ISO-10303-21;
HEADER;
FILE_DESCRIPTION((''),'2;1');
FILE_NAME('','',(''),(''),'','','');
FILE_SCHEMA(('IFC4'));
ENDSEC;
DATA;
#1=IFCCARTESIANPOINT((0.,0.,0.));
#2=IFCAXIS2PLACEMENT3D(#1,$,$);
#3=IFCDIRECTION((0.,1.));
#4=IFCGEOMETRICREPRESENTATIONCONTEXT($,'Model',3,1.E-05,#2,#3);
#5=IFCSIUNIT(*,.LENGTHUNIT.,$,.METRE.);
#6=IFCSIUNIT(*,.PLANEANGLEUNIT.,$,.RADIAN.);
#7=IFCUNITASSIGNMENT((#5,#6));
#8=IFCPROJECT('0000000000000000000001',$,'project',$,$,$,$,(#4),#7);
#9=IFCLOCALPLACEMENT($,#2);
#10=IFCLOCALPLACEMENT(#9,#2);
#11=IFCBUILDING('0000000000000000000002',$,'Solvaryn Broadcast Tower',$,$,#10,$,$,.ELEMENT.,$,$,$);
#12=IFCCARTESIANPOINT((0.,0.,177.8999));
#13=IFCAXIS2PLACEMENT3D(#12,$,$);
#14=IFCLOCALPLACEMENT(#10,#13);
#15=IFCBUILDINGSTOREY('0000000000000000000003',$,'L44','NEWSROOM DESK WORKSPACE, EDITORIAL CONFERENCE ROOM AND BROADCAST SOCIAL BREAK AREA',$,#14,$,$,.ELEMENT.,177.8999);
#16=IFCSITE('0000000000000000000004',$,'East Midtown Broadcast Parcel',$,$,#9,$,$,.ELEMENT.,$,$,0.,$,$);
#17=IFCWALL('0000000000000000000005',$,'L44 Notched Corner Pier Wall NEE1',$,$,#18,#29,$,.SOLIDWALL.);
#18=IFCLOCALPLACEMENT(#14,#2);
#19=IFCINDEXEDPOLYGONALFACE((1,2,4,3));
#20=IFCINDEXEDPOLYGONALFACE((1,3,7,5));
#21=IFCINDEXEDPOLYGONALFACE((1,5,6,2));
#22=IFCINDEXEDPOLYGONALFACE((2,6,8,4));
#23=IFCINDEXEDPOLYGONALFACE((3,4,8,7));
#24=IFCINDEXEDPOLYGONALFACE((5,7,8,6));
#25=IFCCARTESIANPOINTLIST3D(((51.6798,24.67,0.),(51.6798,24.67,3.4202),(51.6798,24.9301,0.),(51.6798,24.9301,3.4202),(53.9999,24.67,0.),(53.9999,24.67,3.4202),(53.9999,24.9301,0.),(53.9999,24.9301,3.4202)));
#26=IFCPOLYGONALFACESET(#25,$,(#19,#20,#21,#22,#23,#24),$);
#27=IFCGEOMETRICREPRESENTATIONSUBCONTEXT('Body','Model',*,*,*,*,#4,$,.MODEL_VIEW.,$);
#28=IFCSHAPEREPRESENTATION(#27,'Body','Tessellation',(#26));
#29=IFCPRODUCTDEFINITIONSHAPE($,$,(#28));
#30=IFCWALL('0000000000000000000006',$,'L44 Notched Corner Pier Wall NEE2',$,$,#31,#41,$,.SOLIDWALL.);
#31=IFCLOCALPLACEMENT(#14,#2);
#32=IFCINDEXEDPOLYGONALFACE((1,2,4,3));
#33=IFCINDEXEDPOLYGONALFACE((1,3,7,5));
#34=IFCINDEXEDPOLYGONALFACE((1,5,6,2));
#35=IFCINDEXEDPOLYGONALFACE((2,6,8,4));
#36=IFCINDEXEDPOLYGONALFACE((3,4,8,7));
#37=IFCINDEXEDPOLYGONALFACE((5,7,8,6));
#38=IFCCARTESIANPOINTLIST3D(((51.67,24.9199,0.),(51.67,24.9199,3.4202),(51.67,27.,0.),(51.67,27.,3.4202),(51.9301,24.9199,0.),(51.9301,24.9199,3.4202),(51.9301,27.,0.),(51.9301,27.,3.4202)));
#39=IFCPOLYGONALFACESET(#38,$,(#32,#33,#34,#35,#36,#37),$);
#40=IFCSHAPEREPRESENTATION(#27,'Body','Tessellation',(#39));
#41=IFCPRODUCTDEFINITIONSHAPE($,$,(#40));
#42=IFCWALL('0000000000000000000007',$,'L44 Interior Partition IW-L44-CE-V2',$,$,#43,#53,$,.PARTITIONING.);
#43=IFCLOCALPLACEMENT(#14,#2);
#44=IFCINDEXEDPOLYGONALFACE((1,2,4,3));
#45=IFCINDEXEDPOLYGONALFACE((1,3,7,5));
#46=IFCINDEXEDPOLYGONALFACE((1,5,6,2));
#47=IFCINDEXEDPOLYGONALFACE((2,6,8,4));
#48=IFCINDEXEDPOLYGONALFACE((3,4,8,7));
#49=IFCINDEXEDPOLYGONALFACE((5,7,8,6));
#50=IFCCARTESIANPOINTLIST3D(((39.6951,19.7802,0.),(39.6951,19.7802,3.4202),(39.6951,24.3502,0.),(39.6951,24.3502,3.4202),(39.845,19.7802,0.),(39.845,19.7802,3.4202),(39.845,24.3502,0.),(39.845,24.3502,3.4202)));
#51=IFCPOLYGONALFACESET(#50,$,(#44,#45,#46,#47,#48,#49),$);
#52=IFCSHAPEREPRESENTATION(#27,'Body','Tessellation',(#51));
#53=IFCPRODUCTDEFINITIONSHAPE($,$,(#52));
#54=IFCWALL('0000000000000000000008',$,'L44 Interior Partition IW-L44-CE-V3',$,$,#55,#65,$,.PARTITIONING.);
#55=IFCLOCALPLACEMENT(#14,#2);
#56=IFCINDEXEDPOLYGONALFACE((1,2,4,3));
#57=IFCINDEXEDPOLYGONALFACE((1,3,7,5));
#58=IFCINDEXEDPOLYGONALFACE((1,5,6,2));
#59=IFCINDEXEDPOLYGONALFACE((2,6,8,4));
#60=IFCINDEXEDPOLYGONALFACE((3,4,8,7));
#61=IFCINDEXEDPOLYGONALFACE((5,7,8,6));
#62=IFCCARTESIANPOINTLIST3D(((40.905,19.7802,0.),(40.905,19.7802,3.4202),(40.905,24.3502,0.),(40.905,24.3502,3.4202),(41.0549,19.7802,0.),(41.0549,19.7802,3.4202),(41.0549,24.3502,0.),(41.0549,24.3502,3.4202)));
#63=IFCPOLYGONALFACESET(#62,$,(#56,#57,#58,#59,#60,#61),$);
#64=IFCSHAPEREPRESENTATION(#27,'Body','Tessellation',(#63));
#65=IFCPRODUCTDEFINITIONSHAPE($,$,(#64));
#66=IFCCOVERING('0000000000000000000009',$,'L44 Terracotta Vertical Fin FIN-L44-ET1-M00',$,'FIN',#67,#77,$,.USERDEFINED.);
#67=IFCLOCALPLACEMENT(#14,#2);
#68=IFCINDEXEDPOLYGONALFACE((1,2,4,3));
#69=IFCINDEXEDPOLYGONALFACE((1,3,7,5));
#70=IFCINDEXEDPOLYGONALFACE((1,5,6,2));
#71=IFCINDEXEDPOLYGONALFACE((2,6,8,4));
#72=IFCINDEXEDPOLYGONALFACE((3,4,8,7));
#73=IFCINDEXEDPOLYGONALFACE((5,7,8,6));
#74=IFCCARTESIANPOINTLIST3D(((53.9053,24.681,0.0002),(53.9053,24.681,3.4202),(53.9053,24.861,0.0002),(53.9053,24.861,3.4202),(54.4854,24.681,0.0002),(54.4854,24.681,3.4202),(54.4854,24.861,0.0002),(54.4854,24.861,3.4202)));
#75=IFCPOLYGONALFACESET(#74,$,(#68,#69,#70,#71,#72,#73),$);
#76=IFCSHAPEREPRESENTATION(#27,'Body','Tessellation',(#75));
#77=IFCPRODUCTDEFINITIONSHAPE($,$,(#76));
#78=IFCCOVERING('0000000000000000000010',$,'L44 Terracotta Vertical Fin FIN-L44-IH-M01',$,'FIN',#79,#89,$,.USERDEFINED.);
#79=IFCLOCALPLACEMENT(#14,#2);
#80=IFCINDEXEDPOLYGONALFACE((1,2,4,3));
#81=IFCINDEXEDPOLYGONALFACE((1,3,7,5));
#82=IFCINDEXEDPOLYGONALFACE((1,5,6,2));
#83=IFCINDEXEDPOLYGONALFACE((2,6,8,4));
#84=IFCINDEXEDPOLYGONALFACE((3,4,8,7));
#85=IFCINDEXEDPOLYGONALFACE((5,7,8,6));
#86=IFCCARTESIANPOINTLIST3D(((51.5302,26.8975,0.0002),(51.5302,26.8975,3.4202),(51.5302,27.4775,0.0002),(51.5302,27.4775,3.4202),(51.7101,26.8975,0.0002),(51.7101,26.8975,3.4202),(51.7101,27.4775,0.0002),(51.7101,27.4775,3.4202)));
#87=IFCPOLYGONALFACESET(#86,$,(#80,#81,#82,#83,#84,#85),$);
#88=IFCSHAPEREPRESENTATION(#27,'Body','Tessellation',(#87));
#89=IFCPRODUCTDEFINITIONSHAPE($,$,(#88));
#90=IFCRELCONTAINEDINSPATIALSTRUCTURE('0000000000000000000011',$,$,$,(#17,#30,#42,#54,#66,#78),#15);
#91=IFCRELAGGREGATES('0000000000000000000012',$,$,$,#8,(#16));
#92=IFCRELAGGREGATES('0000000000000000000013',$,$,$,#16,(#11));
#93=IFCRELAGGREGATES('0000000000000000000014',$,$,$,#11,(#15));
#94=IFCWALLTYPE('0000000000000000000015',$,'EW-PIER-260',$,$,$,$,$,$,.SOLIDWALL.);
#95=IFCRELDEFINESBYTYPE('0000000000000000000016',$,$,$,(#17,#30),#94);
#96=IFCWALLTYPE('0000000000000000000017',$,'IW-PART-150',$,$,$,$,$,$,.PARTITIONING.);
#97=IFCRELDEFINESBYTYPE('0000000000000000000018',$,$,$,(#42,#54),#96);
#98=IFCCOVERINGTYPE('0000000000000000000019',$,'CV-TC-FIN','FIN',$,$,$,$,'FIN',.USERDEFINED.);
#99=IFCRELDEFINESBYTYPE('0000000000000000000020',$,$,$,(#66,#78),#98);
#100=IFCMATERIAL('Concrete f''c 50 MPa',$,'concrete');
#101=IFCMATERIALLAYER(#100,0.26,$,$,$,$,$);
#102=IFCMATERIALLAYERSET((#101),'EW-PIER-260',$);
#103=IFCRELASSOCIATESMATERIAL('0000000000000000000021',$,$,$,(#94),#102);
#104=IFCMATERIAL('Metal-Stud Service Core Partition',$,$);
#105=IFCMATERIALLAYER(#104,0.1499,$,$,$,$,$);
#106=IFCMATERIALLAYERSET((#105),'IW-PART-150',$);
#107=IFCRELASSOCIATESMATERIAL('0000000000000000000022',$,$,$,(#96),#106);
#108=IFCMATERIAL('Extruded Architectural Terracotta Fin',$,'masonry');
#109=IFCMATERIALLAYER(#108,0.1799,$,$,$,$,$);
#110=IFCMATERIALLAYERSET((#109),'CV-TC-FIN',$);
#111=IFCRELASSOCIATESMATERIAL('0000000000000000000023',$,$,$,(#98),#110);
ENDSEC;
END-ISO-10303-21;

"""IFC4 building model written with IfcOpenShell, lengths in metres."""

from ifc_helpers import new_model, si_unit, direction, frame, frame_2d, origin, origin_2d, place, context, subcontext, project, spatial, rectangle, extrude, material, layer, layer_set, type_object, element, save


model = new_model("IFC4")

# Units and contexts
model_context = context("Model", 3, precision=1e-05, world=origin(), true_north=direction((0.0, 1.0)))
body_context = subcontext(model_context, "Body", "Model", "MODEL_VIEW")
ifc_project = project(units=[si_unit("LENGTHUNIT", "METRE"), si_unit("PLANEANGLEUNIT", "RADIAN")], contexts=[model_context])

# Site, building, storey
site_placement = place(None, origin())
site = spatial("IfcSite", under=ifc_project, at=site_placement, Name="East Midtown Broadcast Parcel", CompositionType="ELEMENT", RefElevation=0.0)
building_placement = place(site_placement, origin())
building = spatial("IfcBuilding", under=site, at=building_placement, Name="Solvaryn Broadcast Tower", CompositionType="ELEMENT")
storey_placement = place(building_placement, frame((0.0, 0.0, 177.8999)))
storey = spatial("IfcBuildingStorey", under=building, at=storey_placement, Name="L44", Description="NEWSROOM DESK WORKSPACE, EDITORIAL CONFERENCE ROOM AND BROADCAST SOCIAL BREAK AREA", CompositionType="ELEMENT", Elevation=177.8999)

# Walls
ifc_material_1 = material(Name="Concrete f'c 50 MPa", Category="concrete")
ifc_layer_1 = layer(ifc_material_1, 0.26)
ifc_layer_set_1 = layer_set([ifc_layer_1], Name="EW-PIER-260")
wall_type_1 = type_object("IfcWallType", Name="EW-PIER-260", PredefinedType="SOLIDWALL", material=ifc_layer_set_1)
wall_1_placement = place(storey_placement, frame((54.0, 24.8, 0.0), z_axis=(0.0, 0.0, 1.0), x_axis=(-1.0, 0.0, 0.0)))
element("IfcWall", 1, at=wall_1_placement, inside=storey, type_object=wall_type_1, Name="L44 Notched Corner Pier Wall NEE1", PredefinedType="SOLIDWALL", context=body_context, shape_type="SweptSolid", body=[
    extrude(rectangle(XDim=2.3201, YDim=0.26, at=frame_2d((1.1602, 0.0))), origin(), (0.0, 0.0, 1.0), 3.4202),
])
wall_2_placement = place(storey_placement, frame((51.8, 24.9199, 0.0), z_axis=(0.0, 0.0, 1.0), x_axis=(0.0, 1.0, 0.0)))
element("IfcWall", 2, at=wall_2_placement, inside=storey, type_object=wall_type_1, Name="L44 Notched Corner Pier Wall NEE2", PredefinedType="SOLIDWALL", context=body_context, shape_type="SweptSolid", body=[
    extrude(rectangle(XDim=2.0801, YDim=0.26, at=frame_2d((1.04, 0.0))), origin(), (0.0, 0.0, 1.0), 3.4202),
])
ifc_material_2 = material(Name="Metal-Stud Service Core Partition")
ifc_layer_2 = layer(ifc_material_2, 0.1499)
ifc_layer_set_2 = layer_set([ifc_layer_2], Name="IW-PART-150")
wall_type_2 = type_object("IfcWallType", Name="IW-PART-150", PredefinedType="PARTITIONING", material=ifc_layer_set_2)
for number, where, z_axis, x_axis, name in (
    (3, (39.77, 19.78, 0.0), (0.0, 0.0, 1.0), (0.0, 1.0, 0.0), "L44 Interior Partition IW-L44-CE-V2"),
    (4, (40.98, 19.78, 0.0), (0.0, 0.0, 1.0), (0.0, 1.0, 0.0), "L44 Interior Partition IW-L44-CE-V3"),
):
    element("IfcWall", number, at=place(storey_placement, frame(where, z_axis=z_axis, x_axis=x_axis)), inside=storey, type_object=wall_type_2, Name=name, PredefinedType="PARTITIONING", context=body_context, shape_type="SweptSolid", body=[
        extrude(rectangle(XDim=4.5701, YDim=0.1499, at=frame_2d((2.2852, 0.0))), origin(), (0.0, 0.0, 1.0), 3.4202),
    ])

# Coverings
ifc_material_3 = material(Name="Extruded Architectural Terracotta Fin", Category="masonry")
ifc_layer_3 = layer(ifc_material_3, 0.1799)
ifc_layer_set_3 = layer_set([ifc_layer_3], Name="CV-TC-FIN")
covering_type = type_object("IfcCoveringType", Name="CV-TC-FIN", Description="FIN", ElementType="FIN", PredefinedType="USERDEFINED", material=ifc_layer_set_3)
covering_1_placement = place(storey_placement, frame((54.1953, 24.771, 0.0002), z_axis=(0.0, 0.0, 1.0), x_axis=(1.0, 0.0, 0.0)))
element("IfcCovering", 5, at=covering_1_placement, inside=storey, type_object=covering_type, Name="L44 Terracotta Vertical Fin FIN-L44-ET1-M00", ObjectType="FIN", PredefinedType="USERDEFINED", context=body_context, shape_type="SweptSolid", body=[
    extrude(rectangle(XDim=0.5801, YDim=0.1799, at=origin_2d()), origin(), (0.0, 0.0, 1.0), 3.4199),
])
covering_2_placement = place(storey_placement, frame((51.6201, 27.1875, 0.0002), z_axis=(0.0, 0.0, 1.0), x_axis=(1.0, 0.0, 0.0)))
element("IfcCovering", 6, at=covering_2_placement, inside=storey, type_object=covering_type, Name="L44 Terracotta Vertical Fin FIN-L44-IH-M01", ObjectType="FIN", PredefinedType="USERDEFINED", context=body_context, shape_type="SweptSolid", body=[
    extrude(rectangle(XDim=0.1799, YDim=0.5801, at=origin_2d()), origin(), (0.0, 0.0, 1.0), 3.4199),
])

save(model, "model.ifc")
